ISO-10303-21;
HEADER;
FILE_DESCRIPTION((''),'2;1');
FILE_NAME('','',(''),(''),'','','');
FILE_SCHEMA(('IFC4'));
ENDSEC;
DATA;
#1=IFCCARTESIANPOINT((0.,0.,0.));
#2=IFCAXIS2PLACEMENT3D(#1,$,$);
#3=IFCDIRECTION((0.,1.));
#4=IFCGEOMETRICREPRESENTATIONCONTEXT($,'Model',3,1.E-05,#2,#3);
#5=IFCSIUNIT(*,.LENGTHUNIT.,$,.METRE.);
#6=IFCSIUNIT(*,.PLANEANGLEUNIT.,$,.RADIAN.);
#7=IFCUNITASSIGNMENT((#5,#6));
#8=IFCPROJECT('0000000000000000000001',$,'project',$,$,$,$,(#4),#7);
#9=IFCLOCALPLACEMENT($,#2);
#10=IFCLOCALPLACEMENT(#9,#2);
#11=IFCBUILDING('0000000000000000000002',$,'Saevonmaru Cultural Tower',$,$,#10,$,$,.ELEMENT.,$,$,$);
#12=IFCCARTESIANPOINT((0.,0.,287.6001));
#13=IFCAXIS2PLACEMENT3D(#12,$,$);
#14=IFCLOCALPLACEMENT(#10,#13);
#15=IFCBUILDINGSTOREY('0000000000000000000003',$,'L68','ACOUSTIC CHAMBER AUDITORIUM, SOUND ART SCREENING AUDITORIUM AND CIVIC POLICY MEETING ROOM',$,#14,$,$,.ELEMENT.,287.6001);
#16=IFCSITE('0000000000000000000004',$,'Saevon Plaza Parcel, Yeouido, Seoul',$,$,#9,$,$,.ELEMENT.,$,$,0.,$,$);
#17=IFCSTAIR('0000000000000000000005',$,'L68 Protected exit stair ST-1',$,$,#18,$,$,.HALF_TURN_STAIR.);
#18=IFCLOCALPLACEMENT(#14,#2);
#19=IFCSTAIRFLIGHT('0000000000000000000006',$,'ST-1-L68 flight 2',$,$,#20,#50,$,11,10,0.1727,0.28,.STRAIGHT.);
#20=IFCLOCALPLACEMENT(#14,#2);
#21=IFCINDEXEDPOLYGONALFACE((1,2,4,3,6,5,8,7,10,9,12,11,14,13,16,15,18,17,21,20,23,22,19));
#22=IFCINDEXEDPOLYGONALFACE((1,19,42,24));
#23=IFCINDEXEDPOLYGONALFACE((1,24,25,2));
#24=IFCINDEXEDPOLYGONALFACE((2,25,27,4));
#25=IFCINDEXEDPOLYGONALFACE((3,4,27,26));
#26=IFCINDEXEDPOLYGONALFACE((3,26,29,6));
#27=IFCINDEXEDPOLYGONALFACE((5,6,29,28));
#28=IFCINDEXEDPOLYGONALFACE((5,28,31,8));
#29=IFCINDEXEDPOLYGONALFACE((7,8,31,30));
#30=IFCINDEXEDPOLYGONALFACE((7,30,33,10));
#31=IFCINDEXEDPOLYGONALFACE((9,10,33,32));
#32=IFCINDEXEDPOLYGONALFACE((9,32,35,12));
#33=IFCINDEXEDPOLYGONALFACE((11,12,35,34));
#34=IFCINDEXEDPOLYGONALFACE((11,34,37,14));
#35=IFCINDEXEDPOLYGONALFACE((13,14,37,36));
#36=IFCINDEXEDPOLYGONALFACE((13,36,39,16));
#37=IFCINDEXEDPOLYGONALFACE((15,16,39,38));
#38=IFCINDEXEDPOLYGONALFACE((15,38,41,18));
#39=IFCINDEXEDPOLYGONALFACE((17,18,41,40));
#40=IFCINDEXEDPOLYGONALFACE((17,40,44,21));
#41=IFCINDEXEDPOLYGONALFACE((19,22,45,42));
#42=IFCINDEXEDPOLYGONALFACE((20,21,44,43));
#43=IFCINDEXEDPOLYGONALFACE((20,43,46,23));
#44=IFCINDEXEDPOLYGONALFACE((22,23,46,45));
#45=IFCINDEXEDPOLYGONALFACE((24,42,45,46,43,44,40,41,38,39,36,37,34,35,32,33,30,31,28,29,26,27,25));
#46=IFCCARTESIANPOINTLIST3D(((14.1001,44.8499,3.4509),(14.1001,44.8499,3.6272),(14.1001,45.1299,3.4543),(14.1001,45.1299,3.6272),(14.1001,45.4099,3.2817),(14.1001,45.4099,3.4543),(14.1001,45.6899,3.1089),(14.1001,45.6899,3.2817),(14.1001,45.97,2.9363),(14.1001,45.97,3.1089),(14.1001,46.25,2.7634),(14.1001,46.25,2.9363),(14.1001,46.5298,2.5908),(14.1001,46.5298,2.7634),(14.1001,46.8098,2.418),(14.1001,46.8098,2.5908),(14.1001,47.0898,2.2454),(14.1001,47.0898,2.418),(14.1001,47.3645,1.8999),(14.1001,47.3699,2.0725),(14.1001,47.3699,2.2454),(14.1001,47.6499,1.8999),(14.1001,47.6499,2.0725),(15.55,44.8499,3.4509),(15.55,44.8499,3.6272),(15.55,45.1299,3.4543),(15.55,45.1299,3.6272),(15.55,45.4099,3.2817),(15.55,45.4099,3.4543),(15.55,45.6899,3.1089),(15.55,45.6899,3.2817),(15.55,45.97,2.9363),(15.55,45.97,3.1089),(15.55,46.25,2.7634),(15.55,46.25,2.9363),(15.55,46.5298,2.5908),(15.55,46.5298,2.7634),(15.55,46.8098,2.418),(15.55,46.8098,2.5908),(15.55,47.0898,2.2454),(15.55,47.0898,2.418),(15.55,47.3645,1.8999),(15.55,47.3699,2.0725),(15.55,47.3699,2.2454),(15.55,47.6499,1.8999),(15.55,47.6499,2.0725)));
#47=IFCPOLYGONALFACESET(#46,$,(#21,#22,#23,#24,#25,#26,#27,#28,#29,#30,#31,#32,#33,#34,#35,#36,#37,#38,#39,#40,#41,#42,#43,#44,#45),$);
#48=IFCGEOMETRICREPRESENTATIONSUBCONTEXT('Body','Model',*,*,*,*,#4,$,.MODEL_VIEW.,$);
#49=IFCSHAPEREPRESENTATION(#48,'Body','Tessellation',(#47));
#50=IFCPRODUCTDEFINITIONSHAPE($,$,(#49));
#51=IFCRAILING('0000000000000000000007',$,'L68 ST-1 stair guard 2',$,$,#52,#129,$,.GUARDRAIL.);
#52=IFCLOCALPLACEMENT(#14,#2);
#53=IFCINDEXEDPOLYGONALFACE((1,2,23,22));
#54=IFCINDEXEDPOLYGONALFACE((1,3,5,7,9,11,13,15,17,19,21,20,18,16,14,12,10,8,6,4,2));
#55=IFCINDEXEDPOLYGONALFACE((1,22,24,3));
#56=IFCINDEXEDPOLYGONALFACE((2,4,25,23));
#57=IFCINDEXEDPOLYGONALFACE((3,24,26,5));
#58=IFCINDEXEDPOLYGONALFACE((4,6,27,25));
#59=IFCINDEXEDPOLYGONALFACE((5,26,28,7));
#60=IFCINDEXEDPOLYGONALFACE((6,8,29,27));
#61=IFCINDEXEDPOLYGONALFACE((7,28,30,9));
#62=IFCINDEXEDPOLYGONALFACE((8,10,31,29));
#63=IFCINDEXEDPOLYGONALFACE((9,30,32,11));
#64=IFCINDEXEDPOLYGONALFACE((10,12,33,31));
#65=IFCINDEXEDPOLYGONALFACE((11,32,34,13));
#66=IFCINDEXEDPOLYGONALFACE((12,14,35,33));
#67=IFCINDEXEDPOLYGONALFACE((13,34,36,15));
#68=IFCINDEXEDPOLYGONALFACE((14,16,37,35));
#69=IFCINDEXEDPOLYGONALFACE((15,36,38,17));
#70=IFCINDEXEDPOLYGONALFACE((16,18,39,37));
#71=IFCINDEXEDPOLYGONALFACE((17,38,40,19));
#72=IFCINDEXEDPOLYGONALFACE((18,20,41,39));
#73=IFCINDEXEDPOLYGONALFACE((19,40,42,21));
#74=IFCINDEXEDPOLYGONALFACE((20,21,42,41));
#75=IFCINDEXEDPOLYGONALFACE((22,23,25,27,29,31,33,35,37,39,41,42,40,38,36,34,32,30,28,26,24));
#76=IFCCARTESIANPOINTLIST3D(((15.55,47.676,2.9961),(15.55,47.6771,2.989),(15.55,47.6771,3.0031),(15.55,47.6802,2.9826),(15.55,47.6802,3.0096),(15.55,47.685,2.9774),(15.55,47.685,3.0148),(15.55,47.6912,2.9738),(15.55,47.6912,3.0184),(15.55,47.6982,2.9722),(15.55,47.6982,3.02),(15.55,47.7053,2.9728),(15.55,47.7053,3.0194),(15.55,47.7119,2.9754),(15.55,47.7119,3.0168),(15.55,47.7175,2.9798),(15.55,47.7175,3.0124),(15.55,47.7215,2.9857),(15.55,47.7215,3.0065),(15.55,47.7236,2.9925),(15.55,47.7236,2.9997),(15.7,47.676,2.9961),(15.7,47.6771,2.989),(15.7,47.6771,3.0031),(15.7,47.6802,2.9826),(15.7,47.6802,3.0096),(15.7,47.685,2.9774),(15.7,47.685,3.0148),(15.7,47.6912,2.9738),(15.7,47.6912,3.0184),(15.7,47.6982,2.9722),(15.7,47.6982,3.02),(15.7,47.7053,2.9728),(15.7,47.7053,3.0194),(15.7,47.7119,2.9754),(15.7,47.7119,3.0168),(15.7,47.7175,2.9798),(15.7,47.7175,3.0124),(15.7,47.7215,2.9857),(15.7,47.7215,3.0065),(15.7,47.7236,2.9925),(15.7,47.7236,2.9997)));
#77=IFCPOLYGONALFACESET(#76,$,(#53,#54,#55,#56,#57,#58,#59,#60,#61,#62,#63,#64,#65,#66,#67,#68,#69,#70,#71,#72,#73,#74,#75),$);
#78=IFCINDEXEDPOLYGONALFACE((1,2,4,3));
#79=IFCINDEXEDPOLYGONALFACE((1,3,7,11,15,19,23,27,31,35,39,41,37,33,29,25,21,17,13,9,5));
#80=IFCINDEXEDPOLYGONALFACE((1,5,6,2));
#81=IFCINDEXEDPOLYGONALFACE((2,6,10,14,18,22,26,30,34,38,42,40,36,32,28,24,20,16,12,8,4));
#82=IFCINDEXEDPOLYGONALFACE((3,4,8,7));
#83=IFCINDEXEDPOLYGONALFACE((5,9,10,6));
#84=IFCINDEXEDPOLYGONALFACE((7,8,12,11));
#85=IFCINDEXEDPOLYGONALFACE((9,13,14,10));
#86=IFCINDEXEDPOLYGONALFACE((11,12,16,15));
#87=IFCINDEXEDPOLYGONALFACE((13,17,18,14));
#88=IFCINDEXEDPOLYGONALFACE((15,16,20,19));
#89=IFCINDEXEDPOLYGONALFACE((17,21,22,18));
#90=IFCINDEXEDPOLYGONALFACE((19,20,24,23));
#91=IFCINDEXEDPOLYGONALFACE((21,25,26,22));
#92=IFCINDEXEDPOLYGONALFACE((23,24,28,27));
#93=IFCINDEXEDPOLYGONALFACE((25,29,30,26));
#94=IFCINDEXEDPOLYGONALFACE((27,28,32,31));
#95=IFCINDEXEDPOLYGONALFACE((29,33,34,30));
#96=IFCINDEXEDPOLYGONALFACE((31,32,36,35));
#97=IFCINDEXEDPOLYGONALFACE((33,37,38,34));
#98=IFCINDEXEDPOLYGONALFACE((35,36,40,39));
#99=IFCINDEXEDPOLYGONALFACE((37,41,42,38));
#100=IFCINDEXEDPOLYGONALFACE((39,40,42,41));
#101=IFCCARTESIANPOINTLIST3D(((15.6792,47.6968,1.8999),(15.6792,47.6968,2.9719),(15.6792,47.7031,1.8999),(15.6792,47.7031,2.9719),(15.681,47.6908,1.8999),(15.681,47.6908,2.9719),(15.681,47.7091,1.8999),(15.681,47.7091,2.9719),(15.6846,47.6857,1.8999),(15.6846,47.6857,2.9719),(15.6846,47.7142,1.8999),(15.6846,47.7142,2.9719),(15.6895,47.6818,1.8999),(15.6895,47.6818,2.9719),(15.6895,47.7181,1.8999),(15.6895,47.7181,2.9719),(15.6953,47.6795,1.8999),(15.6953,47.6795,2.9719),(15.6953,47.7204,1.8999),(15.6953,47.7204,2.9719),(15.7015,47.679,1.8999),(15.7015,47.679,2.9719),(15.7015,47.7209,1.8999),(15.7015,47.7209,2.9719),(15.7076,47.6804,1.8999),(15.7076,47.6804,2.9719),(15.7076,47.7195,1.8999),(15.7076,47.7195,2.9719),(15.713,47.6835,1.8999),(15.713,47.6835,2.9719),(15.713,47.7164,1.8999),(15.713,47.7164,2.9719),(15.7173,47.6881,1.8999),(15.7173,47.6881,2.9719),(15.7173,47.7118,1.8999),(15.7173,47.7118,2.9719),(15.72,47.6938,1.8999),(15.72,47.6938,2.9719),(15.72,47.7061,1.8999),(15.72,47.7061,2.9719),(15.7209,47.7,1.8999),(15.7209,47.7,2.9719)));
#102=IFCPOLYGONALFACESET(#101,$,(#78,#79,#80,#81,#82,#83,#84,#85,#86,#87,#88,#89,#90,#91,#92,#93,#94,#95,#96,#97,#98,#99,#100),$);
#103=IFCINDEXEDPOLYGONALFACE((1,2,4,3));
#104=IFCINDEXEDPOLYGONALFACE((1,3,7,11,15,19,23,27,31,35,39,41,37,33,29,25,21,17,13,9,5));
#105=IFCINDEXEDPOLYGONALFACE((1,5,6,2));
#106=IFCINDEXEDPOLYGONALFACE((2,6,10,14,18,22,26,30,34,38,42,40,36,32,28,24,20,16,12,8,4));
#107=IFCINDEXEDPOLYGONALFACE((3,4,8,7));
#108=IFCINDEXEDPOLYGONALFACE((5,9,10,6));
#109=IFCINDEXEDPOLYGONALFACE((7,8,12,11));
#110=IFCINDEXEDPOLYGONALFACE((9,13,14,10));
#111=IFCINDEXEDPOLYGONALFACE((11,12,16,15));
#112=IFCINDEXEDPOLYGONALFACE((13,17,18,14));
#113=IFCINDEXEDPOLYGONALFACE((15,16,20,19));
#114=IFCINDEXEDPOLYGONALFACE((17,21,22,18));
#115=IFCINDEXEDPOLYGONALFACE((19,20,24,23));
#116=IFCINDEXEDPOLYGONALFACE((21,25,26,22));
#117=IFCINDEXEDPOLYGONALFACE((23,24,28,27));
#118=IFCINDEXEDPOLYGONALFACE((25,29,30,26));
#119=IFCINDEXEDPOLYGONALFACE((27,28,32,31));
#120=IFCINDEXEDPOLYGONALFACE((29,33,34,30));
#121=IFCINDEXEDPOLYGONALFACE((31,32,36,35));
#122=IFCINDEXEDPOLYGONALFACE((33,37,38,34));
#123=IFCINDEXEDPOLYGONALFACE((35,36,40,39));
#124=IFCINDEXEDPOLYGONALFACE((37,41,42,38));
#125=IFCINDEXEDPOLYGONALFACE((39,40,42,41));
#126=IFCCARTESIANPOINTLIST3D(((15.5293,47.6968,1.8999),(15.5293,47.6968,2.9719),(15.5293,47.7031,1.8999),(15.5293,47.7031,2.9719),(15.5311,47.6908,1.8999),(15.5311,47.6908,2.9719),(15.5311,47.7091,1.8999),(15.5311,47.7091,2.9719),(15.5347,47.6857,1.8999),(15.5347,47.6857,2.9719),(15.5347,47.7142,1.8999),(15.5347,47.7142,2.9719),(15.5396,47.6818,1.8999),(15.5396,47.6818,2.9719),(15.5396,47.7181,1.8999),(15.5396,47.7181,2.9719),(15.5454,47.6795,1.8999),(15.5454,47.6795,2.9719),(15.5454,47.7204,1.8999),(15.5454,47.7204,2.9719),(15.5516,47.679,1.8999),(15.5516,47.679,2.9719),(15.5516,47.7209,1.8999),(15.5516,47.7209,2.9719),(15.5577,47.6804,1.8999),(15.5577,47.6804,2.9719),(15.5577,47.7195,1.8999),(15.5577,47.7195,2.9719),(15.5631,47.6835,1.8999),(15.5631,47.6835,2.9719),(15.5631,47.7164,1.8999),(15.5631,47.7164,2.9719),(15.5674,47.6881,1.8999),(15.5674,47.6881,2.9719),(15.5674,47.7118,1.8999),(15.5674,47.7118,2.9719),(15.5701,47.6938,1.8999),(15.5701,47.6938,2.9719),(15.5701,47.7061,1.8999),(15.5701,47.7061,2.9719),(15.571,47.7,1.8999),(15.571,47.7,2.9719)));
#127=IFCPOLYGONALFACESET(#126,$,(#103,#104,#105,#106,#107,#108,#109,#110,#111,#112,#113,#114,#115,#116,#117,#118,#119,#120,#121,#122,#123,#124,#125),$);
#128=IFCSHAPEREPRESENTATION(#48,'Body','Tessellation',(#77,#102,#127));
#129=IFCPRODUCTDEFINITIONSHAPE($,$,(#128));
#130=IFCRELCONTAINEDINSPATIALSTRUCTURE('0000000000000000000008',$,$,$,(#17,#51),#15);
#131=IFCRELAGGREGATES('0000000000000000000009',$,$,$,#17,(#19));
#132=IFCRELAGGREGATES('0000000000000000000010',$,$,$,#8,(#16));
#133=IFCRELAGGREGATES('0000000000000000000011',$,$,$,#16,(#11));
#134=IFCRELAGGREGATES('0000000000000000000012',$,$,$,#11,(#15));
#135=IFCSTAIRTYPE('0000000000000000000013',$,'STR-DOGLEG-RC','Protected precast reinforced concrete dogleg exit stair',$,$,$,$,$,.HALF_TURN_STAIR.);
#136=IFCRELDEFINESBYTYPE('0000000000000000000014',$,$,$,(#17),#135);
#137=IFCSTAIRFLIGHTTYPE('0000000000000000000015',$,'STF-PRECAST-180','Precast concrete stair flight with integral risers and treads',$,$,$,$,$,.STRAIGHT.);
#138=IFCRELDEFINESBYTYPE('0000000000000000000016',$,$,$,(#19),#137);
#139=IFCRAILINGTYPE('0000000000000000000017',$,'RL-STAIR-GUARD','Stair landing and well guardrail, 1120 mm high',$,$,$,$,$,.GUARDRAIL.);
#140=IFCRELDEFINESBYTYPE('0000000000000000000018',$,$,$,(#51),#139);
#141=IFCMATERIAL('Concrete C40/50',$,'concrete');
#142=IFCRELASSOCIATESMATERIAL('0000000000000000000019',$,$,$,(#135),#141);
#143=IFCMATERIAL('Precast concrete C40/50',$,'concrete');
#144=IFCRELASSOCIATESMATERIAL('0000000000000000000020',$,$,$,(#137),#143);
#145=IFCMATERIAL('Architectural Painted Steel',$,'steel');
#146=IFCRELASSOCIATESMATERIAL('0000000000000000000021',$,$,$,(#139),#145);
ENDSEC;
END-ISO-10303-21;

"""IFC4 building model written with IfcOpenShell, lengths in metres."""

from ifc_helpers import new_model, si_unit, direction, frame, origin, origin_2d, place, context, subcontext, project, spatial, polyline, circle, outline, extrude, material, type_object, element, aggregate, save


model = new_model("IFC4")

# Units and contexts
model_context = context("Model", 3, precision=1e-05, world=origin(), true_north=direction((0.0, 1.0)))
body_context = subcontext(model_context, "Body", "Model", "MODEL_VIEW")
ifc_project = project(units=[si_unit("LENGTHUNIT", "METRE"), si_unit("PLANEANGLEUNIT", "RADIAN")], contexts=[model_context])

# Site, building, storey
site_placement = place(None, origin())
site = spatial("IfcSite", under=ifc_project, at=site_placement, Name="Saevon Plaza Parcel, Yeouido, Seoul", CompositionType="ELEMENT", RefElevation=0.0)
building_placement = place(site_placement, origin())
building = spatial("IfcBuilding", under=site, at=building_placement, Name="Saevonmaru Cultural Tower", CompositionType="ELEMENT")
storey_placement = place(building_placement, frame((0.0, 0.0, 287.6001)))
storey = spatial("IfcBuildingStorey", under=building, at=storey_placement, Name="L68", Description="ACOUSTIC CHAMBER AUDITORIUM, SOUND ART SCREENING AUDITORIUM AND CIVIC POLICY MEETING ROOM", CompositionType="ELEMENT", Elevation=287.6001)

# Shared definitions
ifc_material_1 = material(Name="Concrete C40/50", Category="concrete")

# Stair, stair flight
stair_type = type_object("IfcStairType", Name="STR-DOGLEG-RC", Description="Protected precast reinforced concrete dogleg exit stair", PredefinedType="HALF_TURN_STAIR", material=ifc_material_1)
stair_placement = place(storey_placement, origin())
stair = element("IfcStair", 1, at=stair_placement, inside=storey, type_object=stair_type, Name="L68 Protected exit stair ST-1", PredefinedType="HALF_TURN_STAIR")
ifc_material_2 = material(Name="Precast concrete C40/50", Category="concrete")
stair_flight_type = type_object("IfcStairFlightType", Name="STF-PRECAST-180", Description="Precast concrete stair flight with integral risers and treads", PredefinedType="STRAIGHT", material=ifc_material_2)
stair_flight_placement = place(storey_placement, frame((14.825, 47.6499, 1.8999), z_axis=(0.0, 0.0, 1.0), x_axis=(0.0, -1.0, 0.0)))
stair_flight = element("IfcStairFlight", 2, at=stair_flight_placement, type_object=stair_flight_type, Name="ST-1-L68 flight 2", NumberOfRisers=11, NumberOfTreads=10, PredefinedType="STRAIGHT", RiserHeight=0.1727, TreadLength=0.28, context=body_context, shape_type="SweptSolid", body=[
    extrude(outline(polyline([(0.0, 0.0), (0.0, 0.1726), (0.28, 0.1726), (0.28, 0.3455), (0.5601, 0.3455), (0.5601, 0.5181), (0.8401, 0.5181), (0.8401, 0.6909), (1.1201, 0.6909), (1.1201, 0.8635), (1.3999, 0.8635), (1.3999, 1.0364), (1.6799, 1.0364), (1.6799, 1.209), (1.96, 1.209), (1.96, 1.3818), (2.24, 1.3818), (2.24, 1.5544), (2.52, 1.5544), (2.52, 1.7273), (2.8, 1.7273), (2.8, 1.8999), (2.8, 1.551), (0.2854, 0.0), (0.0, 0.0)])), frame((0.0, 0.7251, 0.0), z_axis=(0.0, -1.0, 0.0), x_axis=(1.0, 0.0, 0.0)), (0.0, 0.0, 1.0), 1.45),
])
aggregate(stair, [stair_flight])

# Railing
ifc_material_3 = material(Name="Architectural Painted Steel", Category="steel")
railing_type_1 = type_object("IfcRailingType", Name="RL-STAIR-GUARD", Description="Stair landing and well guardrail, 1120 mm high", PredefinedType="GUARDRAIL", material=ifc_material_3)
railing_1_placement = place(storey_placement, frame((15.7, 47.7, 1.8999)))
element("IfcRailing", 3, at=railing_1_placement, inside=storey, type_object=railing_type_1, Name="L68 ST-1 stair guard 2", PredefinedType="GUARDRAIL", context=body_context, shape_type="SweptSolid", body=[
    extrude(circle(Radius=0.0239, at=origin_2d()), frame((0.0, 0.0, 1.0962), z_axis=(-1.0, 0.0, 0.0), x_axis=(0.0, -1.0, 0.0)), (0.0, 0.0, 1.0), 0.1499),
    extrude(circle(Radius=0.021, at=origin_2d()), origin(), (0.0, 0.0, 1.0), 1.072),
    extrude(circle(Radius=0.021, at=origin_2d()), frame((-0.1499, 0.0, 0.0)), (0.0, 0.0, 1.0), 1.072),
])

save(model, "model.ifc")
